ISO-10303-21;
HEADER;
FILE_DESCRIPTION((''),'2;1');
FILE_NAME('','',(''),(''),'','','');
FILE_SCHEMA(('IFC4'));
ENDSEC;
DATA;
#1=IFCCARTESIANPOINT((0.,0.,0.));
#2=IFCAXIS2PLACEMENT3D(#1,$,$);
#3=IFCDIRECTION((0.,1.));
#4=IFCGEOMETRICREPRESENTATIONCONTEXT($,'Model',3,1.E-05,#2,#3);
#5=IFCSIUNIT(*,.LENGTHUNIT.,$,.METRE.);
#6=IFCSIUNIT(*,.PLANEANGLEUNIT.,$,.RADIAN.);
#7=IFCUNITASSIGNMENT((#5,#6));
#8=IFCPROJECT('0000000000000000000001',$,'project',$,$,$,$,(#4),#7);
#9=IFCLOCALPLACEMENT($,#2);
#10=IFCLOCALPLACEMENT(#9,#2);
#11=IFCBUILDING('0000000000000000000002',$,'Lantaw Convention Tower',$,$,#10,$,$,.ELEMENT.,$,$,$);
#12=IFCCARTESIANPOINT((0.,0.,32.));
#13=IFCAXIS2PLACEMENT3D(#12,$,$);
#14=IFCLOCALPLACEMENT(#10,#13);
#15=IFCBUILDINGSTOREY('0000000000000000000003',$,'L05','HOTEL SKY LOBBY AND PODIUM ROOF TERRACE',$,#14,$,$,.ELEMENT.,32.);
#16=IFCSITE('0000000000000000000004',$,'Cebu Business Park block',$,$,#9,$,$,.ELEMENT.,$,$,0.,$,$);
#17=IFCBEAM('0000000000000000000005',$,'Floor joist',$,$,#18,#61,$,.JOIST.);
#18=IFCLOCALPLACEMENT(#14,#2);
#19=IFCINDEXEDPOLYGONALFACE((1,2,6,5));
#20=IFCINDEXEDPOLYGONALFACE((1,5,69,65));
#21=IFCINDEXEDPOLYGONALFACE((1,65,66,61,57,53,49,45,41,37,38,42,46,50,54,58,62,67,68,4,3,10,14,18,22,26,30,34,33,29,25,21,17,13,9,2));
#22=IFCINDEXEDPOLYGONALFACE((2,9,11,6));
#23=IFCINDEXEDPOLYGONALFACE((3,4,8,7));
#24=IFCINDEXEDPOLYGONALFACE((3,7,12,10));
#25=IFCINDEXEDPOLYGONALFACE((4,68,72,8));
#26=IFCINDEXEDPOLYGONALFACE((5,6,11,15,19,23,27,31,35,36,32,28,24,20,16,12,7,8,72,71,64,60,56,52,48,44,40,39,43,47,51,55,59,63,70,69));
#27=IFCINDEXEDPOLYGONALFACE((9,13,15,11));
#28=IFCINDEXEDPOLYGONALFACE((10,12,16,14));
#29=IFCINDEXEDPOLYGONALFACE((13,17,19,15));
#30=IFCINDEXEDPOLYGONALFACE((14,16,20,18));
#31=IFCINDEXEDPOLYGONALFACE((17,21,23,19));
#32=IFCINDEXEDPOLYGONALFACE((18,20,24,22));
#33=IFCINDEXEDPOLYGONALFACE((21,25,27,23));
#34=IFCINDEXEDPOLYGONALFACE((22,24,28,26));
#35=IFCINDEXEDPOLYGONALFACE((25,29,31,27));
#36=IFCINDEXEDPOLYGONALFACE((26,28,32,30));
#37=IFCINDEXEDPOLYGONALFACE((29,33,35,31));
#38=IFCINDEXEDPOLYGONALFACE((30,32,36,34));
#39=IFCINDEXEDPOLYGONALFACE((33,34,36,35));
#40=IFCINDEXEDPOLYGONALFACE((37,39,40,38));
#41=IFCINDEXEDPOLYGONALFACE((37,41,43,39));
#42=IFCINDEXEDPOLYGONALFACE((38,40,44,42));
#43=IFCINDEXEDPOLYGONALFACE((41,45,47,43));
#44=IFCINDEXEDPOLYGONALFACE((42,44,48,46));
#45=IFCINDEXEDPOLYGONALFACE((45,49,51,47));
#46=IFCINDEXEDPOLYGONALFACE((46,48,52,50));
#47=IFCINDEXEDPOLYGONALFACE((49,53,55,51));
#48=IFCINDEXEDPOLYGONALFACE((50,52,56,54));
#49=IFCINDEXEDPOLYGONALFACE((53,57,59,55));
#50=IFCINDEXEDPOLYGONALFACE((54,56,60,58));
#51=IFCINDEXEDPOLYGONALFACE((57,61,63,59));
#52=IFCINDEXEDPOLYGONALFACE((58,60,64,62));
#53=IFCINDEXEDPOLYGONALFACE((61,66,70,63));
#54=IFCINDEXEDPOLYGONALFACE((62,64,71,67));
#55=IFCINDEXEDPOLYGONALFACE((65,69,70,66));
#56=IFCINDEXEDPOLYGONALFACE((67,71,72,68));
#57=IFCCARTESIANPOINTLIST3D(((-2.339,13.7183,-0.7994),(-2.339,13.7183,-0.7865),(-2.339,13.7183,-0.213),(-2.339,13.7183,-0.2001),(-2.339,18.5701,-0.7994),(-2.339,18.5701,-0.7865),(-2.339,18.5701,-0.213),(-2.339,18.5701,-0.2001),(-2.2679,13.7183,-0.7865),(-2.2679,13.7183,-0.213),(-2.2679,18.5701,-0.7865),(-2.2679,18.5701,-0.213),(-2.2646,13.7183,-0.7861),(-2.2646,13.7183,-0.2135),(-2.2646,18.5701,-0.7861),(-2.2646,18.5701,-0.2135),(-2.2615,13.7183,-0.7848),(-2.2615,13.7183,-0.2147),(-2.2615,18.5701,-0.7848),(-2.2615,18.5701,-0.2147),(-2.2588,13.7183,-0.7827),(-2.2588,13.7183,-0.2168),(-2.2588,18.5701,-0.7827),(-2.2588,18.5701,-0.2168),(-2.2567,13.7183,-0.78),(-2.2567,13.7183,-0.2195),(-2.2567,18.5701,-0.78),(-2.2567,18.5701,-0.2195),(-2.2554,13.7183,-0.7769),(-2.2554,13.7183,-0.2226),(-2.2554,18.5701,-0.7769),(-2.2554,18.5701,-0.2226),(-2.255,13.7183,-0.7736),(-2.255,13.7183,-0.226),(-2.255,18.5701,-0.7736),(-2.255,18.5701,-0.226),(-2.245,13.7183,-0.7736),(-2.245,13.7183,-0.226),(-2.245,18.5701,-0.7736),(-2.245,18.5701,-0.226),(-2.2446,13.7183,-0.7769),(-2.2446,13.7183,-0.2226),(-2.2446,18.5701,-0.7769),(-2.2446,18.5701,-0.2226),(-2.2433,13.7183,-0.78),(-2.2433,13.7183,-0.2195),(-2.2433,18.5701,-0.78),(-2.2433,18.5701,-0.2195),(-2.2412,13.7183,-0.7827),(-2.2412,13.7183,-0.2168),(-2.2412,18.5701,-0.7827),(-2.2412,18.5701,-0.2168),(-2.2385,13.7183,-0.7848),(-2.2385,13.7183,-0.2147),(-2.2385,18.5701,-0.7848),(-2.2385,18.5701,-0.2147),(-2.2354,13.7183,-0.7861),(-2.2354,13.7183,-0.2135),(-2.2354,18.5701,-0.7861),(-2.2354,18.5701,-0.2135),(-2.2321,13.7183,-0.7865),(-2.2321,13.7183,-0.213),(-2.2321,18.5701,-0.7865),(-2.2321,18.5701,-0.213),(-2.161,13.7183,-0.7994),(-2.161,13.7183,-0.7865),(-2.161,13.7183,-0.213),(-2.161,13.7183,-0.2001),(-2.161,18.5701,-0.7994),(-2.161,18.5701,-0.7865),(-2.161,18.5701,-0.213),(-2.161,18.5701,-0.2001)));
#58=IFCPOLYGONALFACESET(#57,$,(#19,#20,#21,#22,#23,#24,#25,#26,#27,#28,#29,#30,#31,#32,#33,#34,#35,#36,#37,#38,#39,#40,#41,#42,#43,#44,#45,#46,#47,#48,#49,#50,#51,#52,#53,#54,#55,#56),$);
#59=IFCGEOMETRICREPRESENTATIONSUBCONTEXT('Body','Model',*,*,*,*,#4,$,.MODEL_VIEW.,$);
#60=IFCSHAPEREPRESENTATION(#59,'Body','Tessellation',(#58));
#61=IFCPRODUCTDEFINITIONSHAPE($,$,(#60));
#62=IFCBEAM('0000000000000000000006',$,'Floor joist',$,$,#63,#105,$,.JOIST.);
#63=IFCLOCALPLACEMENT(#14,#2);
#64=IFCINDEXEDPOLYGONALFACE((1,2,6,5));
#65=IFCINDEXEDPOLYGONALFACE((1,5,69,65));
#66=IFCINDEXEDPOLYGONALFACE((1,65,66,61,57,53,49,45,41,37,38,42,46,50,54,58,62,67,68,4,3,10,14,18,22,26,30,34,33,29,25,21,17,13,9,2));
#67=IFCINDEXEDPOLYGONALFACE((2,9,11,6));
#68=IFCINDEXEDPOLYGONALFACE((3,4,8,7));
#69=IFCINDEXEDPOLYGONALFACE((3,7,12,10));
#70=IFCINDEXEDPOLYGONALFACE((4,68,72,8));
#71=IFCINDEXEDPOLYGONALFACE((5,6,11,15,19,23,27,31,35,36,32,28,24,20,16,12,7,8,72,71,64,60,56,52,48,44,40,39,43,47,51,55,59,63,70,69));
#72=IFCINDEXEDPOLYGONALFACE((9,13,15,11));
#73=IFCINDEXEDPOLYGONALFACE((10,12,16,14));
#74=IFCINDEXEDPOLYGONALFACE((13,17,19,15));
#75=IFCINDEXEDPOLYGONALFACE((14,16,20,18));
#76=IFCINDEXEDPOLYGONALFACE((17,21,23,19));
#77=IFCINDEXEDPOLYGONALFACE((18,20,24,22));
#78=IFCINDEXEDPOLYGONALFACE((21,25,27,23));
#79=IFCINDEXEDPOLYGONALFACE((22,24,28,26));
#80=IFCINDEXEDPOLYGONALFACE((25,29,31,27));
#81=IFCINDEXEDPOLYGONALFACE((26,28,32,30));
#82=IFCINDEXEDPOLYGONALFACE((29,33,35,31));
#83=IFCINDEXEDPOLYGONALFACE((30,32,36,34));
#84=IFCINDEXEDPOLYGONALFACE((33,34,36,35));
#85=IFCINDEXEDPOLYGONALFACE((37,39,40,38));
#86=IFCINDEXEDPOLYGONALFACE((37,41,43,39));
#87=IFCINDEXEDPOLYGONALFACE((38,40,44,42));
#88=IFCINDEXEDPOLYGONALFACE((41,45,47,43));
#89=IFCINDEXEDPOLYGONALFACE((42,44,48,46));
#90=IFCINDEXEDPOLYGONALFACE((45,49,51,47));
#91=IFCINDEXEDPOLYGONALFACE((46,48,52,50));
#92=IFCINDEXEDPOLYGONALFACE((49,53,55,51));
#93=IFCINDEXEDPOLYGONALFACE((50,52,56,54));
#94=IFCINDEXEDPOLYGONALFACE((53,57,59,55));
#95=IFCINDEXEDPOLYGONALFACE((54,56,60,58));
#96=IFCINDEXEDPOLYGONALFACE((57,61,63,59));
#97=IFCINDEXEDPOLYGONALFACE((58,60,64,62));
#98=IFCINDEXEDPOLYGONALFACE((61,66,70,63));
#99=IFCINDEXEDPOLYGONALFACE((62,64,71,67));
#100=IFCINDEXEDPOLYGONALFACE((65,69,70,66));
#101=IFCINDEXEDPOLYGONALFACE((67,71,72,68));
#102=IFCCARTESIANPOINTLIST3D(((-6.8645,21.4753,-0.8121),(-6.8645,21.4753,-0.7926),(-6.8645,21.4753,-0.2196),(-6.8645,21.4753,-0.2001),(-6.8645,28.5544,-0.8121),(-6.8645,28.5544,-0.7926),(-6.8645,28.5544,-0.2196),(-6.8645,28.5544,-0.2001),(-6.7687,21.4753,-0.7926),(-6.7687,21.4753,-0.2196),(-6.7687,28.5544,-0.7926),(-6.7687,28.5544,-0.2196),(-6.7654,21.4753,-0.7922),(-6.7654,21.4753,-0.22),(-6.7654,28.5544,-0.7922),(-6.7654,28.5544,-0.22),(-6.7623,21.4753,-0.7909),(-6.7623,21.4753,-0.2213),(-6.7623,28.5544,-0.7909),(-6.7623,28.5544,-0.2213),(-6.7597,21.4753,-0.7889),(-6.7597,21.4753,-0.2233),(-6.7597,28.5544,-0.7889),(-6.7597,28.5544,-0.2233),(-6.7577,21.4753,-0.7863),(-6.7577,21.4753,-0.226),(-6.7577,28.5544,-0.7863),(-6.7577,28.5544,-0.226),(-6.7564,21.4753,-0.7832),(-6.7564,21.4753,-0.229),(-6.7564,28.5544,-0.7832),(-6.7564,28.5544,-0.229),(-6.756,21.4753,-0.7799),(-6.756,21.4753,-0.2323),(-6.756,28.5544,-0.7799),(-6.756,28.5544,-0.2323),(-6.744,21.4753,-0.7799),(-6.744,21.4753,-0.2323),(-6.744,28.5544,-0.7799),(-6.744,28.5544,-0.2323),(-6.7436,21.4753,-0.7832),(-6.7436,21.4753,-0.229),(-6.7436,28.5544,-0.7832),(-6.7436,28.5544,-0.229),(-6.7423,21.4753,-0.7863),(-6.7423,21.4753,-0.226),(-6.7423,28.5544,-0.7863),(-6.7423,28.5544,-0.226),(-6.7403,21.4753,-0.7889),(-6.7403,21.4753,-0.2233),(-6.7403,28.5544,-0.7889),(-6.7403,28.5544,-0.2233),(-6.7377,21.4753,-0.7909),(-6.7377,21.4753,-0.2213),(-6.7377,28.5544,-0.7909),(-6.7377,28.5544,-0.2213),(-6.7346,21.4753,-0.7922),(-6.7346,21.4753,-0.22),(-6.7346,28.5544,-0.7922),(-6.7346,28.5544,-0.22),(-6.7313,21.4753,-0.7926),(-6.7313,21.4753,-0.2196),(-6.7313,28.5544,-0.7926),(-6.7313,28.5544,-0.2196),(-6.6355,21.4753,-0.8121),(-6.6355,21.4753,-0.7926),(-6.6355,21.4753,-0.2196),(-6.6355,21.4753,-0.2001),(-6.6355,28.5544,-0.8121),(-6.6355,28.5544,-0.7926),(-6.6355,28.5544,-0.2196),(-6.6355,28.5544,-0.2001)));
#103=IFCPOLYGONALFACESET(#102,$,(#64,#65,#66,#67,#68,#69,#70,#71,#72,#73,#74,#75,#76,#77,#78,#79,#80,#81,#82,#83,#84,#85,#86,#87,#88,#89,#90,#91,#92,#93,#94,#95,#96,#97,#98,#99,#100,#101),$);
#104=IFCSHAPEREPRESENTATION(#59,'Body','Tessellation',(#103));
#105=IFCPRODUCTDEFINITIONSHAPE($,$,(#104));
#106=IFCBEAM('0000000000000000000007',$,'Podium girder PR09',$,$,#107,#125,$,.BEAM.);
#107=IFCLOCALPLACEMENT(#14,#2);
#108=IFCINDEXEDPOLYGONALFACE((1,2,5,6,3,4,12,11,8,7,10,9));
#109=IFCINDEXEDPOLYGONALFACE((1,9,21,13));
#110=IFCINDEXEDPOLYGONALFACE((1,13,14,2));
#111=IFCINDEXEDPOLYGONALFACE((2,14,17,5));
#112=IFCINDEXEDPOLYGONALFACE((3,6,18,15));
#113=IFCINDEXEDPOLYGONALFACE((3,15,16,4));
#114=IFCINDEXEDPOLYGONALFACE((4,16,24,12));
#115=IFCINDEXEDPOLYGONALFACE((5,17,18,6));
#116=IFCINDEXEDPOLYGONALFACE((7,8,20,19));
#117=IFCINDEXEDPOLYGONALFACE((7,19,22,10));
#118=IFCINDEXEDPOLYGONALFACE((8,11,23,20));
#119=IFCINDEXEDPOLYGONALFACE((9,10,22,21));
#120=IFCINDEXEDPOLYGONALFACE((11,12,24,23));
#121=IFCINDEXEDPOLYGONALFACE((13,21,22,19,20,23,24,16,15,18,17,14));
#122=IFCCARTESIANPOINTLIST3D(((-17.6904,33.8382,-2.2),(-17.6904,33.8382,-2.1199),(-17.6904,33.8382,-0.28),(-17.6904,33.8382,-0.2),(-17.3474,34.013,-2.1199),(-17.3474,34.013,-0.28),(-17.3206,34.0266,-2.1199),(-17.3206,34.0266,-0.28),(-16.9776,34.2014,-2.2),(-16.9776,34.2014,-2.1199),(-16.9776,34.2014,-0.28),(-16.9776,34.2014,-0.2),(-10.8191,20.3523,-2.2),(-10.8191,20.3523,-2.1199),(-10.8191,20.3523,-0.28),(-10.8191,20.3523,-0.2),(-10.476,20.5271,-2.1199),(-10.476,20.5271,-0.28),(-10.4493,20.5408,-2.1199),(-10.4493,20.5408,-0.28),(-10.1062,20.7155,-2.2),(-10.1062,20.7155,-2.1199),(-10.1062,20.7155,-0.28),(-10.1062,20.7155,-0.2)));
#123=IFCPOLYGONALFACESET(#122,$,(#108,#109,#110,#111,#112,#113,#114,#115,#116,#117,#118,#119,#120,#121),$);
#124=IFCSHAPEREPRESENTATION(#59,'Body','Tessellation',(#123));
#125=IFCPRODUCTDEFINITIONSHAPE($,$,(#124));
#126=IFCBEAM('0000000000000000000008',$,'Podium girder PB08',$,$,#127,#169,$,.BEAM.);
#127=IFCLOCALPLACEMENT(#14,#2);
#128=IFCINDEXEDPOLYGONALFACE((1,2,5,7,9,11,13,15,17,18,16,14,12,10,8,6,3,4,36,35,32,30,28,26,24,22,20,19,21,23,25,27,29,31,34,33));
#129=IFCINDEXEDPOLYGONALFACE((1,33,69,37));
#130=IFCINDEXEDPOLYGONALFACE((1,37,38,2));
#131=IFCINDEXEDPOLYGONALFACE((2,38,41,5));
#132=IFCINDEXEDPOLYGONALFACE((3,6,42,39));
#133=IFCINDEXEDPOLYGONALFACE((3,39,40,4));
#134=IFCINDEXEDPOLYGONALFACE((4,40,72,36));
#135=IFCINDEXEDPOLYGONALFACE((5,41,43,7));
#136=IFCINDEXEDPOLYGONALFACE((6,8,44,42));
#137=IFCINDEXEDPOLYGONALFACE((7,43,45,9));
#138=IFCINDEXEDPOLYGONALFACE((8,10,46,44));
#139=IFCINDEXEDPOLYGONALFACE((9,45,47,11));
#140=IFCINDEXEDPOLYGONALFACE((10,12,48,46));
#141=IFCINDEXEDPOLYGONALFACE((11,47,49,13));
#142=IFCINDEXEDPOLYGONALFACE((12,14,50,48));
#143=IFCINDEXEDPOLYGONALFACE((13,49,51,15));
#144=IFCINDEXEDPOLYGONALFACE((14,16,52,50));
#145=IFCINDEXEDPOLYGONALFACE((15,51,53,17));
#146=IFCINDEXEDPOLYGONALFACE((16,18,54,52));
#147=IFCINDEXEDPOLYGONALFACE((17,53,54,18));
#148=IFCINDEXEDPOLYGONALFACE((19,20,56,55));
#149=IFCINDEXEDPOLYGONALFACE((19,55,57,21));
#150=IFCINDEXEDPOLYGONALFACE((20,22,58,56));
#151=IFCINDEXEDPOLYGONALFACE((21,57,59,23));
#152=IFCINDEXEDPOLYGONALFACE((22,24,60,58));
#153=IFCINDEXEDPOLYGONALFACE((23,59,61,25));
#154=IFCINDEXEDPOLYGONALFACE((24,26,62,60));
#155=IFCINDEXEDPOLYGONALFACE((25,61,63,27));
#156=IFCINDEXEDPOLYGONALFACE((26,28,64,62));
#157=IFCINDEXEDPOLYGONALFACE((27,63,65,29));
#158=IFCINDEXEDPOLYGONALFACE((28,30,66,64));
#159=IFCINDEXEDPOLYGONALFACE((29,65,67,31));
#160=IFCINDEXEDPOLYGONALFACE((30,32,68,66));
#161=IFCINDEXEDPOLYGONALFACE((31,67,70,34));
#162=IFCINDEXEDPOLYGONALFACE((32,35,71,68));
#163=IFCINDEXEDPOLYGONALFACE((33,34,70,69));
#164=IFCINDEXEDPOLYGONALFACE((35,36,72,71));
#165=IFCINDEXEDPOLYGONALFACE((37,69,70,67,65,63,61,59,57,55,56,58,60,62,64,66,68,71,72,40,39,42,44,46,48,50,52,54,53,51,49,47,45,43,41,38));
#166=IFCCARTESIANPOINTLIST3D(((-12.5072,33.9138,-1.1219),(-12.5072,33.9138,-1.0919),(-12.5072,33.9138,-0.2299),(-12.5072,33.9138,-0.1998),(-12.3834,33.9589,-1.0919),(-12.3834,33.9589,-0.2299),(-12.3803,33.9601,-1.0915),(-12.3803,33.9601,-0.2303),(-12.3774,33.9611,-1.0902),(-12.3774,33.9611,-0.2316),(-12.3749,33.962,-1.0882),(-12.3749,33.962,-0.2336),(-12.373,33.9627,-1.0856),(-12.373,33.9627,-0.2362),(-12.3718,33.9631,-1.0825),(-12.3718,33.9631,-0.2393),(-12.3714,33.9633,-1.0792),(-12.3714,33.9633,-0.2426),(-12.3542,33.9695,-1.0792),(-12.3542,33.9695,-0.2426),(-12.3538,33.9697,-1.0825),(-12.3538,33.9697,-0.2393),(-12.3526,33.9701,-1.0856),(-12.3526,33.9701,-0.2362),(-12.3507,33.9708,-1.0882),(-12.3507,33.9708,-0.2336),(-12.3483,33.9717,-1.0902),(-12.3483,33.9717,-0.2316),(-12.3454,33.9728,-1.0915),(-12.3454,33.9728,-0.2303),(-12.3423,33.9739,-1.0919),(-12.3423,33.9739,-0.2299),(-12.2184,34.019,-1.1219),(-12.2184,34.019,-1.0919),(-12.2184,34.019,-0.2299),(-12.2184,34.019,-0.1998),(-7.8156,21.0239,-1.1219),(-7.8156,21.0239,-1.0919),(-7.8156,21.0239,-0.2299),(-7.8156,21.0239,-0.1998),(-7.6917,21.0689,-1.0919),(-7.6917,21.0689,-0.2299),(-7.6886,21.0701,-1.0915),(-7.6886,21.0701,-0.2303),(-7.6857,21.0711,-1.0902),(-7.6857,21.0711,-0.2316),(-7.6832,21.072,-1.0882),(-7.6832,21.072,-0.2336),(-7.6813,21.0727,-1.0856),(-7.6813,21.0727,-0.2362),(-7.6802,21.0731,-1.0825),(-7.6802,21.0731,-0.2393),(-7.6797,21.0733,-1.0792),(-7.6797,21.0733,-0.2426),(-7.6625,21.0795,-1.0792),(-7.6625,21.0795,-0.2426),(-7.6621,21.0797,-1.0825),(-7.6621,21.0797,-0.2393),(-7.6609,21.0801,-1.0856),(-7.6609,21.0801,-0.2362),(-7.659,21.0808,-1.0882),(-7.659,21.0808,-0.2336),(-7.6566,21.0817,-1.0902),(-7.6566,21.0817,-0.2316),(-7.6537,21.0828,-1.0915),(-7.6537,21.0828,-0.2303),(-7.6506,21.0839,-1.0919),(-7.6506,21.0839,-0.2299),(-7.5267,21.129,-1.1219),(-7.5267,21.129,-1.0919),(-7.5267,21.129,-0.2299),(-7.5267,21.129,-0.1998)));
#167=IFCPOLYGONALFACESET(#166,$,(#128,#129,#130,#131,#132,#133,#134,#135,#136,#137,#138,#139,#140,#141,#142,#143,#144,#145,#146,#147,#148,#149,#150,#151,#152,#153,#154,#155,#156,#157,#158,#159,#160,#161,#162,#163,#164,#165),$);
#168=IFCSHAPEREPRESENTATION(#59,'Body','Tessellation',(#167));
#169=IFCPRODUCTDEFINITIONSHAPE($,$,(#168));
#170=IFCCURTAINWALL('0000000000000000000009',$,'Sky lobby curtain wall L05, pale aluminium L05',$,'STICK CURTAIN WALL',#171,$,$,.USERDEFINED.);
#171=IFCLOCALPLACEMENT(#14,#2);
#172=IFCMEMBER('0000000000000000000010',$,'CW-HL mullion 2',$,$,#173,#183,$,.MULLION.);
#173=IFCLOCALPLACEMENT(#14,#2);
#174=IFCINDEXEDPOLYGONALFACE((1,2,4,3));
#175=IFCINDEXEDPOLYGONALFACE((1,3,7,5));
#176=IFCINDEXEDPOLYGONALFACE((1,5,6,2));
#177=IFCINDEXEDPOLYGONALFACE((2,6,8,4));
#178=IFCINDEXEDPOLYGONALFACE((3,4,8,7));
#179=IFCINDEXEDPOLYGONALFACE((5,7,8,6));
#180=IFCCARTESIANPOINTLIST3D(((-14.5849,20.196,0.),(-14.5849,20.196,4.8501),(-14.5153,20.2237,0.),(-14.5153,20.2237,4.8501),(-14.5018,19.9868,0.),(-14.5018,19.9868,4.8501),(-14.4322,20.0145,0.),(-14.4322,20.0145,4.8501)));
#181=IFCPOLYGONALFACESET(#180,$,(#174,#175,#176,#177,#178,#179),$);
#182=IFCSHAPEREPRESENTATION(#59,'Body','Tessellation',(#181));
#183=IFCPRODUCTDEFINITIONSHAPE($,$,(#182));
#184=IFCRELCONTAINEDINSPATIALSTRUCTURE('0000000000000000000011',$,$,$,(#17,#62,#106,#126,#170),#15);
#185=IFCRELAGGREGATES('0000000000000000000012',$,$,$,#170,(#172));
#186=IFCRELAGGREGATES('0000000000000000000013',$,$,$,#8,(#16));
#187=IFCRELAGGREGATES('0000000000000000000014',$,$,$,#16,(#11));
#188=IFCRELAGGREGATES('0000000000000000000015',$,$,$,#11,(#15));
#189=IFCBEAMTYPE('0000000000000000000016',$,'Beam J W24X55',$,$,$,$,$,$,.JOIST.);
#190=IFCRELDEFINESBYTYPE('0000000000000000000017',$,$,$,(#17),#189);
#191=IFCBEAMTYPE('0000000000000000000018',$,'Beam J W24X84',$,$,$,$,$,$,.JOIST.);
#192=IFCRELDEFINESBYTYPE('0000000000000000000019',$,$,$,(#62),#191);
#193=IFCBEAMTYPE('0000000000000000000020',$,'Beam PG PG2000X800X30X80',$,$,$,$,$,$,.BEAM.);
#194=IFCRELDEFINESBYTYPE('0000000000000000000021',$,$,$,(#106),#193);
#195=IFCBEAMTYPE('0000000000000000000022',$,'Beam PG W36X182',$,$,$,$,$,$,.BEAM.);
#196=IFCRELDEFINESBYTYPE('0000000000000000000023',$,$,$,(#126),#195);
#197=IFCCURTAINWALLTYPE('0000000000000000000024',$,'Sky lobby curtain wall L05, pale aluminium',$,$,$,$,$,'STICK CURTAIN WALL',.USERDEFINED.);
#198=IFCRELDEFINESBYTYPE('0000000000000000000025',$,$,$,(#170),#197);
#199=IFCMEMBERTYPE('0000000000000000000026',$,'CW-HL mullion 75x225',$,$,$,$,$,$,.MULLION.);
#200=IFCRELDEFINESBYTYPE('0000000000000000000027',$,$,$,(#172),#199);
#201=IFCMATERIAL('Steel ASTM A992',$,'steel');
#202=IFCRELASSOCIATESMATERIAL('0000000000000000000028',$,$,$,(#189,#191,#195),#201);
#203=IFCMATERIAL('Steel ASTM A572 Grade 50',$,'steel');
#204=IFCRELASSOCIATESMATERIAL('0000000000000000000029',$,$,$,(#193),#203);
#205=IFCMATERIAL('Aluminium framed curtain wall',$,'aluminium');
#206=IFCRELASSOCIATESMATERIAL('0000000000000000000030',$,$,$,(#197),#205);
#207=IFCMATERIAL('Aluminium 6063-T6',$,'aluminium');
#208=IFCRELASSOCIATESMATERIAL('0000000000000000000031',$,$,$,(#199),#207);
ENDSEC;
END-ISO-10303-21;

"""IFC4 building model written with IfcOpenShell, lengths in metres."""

from ifc_helpers import new_model, si_unit, direction, frame, origin, origin_2d, place, context, subcontext, project, spatial, rectangle, i_section, extrude, material, material_profile, profile_set, type_object, element, aggregate, save


model = new_model("IFC4")

# Units and contexts
model_context = context("Model", 3, precision=1e-05, world=origin(), true_north=direction((0.0, 1.0)))
body_context = subcontext(model_context, "Body", "Model", "MODEL_VIEW")
ifc_project = project(units=[si_unit("LENGTHUNIT", "METRE"), si_unit("PLANEANGLEUNIT", "RADIAN")], contexts=[model_context])

# Site, building, storey
site_placement = place(None, origin())
site = spatial("IfcSite", under=ifc_project, at=site_placement, Name="Cebu Business Park block", CompositionType="ELEMENT", RefElevation=0.0)
building_placement = place(site_placement, origin())
building = spatial("IfcBuilding", under=site, at=building_placement, Name="Lantaw Convention Tower", CompositionType="ELEMENT")
storey_placement = place(building_placement, frame((0.0, 0.0, 32.0)))
storey = spatial("IfcBuildingStorey", under=building, at=storey_placement, Name="L05", Description="HOTEL SKY LOBBY AND PODIUM ROOF TERRACE", CompositionType="ELEMENT", Elevation=32.0)

# Beams
ifc_material_1 = material(Name="Steel ASTM A992", Category="steel")
ifc_material_profile_1 = material_profile(ifc_material_1, i_section(OverallWidth=0.178, OverallDepth=0.5994, WebThickness=0.01, FlangeThickness=0.0129, FilletRadius=0.0129, at=origin_2d()), Name="W24X55")
ifc_profile_set_1 = profile_set([ifc_material_profile_1], Name="Steel ASTM A992")
beam_type_1 = type_object("IfcBeamType", Name="Beam J W24X55", PredefinedType="JOIST", material=ifc_profile_set_1)
beam_1_placement = place(storey_placement, frame((-2.25, 13.7183, -0.4998), z_axis=(0.0, 1.0, 0.0), x_axis=(-1.0, 0.0, 0.0)))
element("IfcBeam", 1, at=beam_1_placement, inside=storey, type_object=beam_type_1, Name="Floor joist", PredefinedType="JOIST", context=body_context, shape_type="SweptSolid", body=[
    extrude(i_section(OverallWidth=0.178, OverallDepth=0.5994, WebThickness=0.01, FlangeThickness=0.0129, FilletRadius=0.0129, at=origin_2d()), origin(), (0.0, 0.0, 1.0), 4.8518),
])
ifc_material_profile_2 = material_profile(ifc_material_1, i_section(OverallWidth=0.229, OverallDepth=0.6121, WebThickness=0.012, FlangeThickness=0.0195, FilletRadius=0.0127, at=origin_2d()), Name="W24X84")
ifc_profile_set_2 = profile_set([ifc_material_profile_2], Name="Steel ASTM A992")
beam_type_2 = type_object("IfcBeamType", Name="Beam J W24X84", PredefinedType="JOIST", material=ifc_profile_set_2)
beam_2_placement = place(storey_placement, frame((-6.75, 21.4753, -0.5061), z_axis=(0.0, 1.0, 0.0), x_axis=(-1.0, 0.0, 0.0)))
element("IfcBeam", 2, at=beam_2_placement, inside=storey, type_object=beam_type_2, Name="Floor joist", PredefinedType="JOIST", context=body_context, shape_type="SweptSolid", body=[
    extrude(i_section(OverallWidth=0.229, OverallDepth=0.6121, WebThickness=0.012, FlangeThickness=0.0195, FilletRadius=0.0127, at=origin_2d()), origin(), (0.0, 0.0, 1.0), 7.0791),
])
ifc_material_2 = material(Name="Steel ASTM A572 Grade 50", Category="steel")
ifc_material_profile_3 = material_profile(ifc_material_2, i_section(OverallWidth=0.8, OverallDepth=2.0, WebThickness=0.03, FlangeThickness=0.0801, at=origin_2d()), Name="PG2000X800X30X80")
ifc_profile_set_3 = profile_set([ifc_material_profile_3], Name="Steel ASTM A572 Grade 50")
beam_type_3 = type_object("IfcBeamType", Name="Beam PG PG2000X800X30X80", PredefinedType="BEAM", material=ifc_profile_set_3)
beam_3_placement = place(storey_placement, frame((-10.4626, 20.5339, -1.2), z_axis=(-0.453988, 0.891008, 0.0), x_axis=(-0.891008, -0.453988, 0.0)))
element("IfcBeam", 3, at=beam_3_placement, inside=storey, type_object=beam_type_3, Name="Podium girder PR09", PredefinedType="BEAM", context=body_context, shape_type="SweptSolid", body=[
    extrude(i_section(OverallWidth=0.8, OverallDepth=2.0, WebThickness=0.03, FlangeThickness=0.0801, at=origin_2d()), origin(), (0.0, 0.0, 1.0), 15.1355),
])
ifc_material_profile_4 = material_profile(ifc_material_1, i_section(OverallWidth=0.3074, OverallDepth=0.9221, WebThickness=0.0183, FlangeThickness=0.03, FilletRadius=0.0127, at=origin_2d()), Name="W36X182")
ifc_profile_set_4 = profile_set([ifc_material_profile_4], Name="Steel ASTM A992")
beam_type_4 = type_object("IfcBeamType", Name="Beam PG W36X182", PredefinedType="BEAM", material=ifc_profile_set_4)
beam_4_placement = place(storey_placement, frame((-7.6711, 21.0764, -0.6609), z_axis=(-0.342027, 0.93969, 0.0), x_axis=(-0.93969, -0.342027, 0.0)))
element("IfcBeam", 4, at=beam_4_placement, inside=storey, type_object=beam_type_4, Name="Podium girder PB08", PredefinedType="BEAM", context=body_context, shape_type="SweptSolid", body=[
    extrude(i_section(OverallWidth=0.3074, OverallDepth=0.9221, WebThickness=0.0183, FlangeThickness=0.03, FilletRadius=0.0127, at=origin_2d()), origin(), (0.0, 0.0, 1.0), 13.7173),
])

# Curtain wall, member
ifc_material_3 = material(Name="Aluminium framed curtain wall", Category="aluminium")
curtain_wall_type = type_object("IfcCurtainWallType", Name="Sky lobby curtain wall L05, pale aluminium", ElementType="STICK CURTAIN WALL", PredefinedType="USERDEFINED", material=ifc_material_3)
curtain_wall_placement = place(storey_placement, origin())
curtain_wall = element("IfcCurtainWall", 5, at=curtain_wall_placement, inside=storey, type_object=curtain_wall_type, Name="Sky lobby curtain wall L05, pale aluminium L05", ObjectType="STICK CURTAIN WALL", PredefinedType="USERDEFINED")
ifc_material_4 = material(Name="Aluminium 6063-T6", Category="aluminium")
ifc_material_profile_5 = material_profile(ifc_material_4, rectangle(XDim=0.2251, YDim=0.075, at=origin_2d()), Name="CW-HL mullion 75x225")
ifc_profile_set_5 = profile_set([ifc_material_profile_5], Name="Aluminium 6063-T6")
member_type_1 = type_object("IfcMemberType", Name="CW-HL mullion 75x225", PredefinedType="MULLION", material=ifc_profile_set_5)
member_1_placement = place(storey_placement, frame((-14.5085, 20.1052, 0.0), z_axis=(0.0, 0.0, 1.0), x_axis=(0.369172, -0.929361, 0.0)))
member_1 = element("IfcMember", 6, at=member_1_placement, type_object=member_type_1, Name="CW-HL mullion 2", PredefinedType="MULLION", context=body_context, shape_type="SweptSolid", body=[
    extrude(rectangle(XDim=0.2251, YDim=0.075, at=origin_2d()), origin(), (0.0, 0.0, 1.0), 4.8501),
])
aggregate(curtain_wall, [member_1])

save(model, "model.ifc")
